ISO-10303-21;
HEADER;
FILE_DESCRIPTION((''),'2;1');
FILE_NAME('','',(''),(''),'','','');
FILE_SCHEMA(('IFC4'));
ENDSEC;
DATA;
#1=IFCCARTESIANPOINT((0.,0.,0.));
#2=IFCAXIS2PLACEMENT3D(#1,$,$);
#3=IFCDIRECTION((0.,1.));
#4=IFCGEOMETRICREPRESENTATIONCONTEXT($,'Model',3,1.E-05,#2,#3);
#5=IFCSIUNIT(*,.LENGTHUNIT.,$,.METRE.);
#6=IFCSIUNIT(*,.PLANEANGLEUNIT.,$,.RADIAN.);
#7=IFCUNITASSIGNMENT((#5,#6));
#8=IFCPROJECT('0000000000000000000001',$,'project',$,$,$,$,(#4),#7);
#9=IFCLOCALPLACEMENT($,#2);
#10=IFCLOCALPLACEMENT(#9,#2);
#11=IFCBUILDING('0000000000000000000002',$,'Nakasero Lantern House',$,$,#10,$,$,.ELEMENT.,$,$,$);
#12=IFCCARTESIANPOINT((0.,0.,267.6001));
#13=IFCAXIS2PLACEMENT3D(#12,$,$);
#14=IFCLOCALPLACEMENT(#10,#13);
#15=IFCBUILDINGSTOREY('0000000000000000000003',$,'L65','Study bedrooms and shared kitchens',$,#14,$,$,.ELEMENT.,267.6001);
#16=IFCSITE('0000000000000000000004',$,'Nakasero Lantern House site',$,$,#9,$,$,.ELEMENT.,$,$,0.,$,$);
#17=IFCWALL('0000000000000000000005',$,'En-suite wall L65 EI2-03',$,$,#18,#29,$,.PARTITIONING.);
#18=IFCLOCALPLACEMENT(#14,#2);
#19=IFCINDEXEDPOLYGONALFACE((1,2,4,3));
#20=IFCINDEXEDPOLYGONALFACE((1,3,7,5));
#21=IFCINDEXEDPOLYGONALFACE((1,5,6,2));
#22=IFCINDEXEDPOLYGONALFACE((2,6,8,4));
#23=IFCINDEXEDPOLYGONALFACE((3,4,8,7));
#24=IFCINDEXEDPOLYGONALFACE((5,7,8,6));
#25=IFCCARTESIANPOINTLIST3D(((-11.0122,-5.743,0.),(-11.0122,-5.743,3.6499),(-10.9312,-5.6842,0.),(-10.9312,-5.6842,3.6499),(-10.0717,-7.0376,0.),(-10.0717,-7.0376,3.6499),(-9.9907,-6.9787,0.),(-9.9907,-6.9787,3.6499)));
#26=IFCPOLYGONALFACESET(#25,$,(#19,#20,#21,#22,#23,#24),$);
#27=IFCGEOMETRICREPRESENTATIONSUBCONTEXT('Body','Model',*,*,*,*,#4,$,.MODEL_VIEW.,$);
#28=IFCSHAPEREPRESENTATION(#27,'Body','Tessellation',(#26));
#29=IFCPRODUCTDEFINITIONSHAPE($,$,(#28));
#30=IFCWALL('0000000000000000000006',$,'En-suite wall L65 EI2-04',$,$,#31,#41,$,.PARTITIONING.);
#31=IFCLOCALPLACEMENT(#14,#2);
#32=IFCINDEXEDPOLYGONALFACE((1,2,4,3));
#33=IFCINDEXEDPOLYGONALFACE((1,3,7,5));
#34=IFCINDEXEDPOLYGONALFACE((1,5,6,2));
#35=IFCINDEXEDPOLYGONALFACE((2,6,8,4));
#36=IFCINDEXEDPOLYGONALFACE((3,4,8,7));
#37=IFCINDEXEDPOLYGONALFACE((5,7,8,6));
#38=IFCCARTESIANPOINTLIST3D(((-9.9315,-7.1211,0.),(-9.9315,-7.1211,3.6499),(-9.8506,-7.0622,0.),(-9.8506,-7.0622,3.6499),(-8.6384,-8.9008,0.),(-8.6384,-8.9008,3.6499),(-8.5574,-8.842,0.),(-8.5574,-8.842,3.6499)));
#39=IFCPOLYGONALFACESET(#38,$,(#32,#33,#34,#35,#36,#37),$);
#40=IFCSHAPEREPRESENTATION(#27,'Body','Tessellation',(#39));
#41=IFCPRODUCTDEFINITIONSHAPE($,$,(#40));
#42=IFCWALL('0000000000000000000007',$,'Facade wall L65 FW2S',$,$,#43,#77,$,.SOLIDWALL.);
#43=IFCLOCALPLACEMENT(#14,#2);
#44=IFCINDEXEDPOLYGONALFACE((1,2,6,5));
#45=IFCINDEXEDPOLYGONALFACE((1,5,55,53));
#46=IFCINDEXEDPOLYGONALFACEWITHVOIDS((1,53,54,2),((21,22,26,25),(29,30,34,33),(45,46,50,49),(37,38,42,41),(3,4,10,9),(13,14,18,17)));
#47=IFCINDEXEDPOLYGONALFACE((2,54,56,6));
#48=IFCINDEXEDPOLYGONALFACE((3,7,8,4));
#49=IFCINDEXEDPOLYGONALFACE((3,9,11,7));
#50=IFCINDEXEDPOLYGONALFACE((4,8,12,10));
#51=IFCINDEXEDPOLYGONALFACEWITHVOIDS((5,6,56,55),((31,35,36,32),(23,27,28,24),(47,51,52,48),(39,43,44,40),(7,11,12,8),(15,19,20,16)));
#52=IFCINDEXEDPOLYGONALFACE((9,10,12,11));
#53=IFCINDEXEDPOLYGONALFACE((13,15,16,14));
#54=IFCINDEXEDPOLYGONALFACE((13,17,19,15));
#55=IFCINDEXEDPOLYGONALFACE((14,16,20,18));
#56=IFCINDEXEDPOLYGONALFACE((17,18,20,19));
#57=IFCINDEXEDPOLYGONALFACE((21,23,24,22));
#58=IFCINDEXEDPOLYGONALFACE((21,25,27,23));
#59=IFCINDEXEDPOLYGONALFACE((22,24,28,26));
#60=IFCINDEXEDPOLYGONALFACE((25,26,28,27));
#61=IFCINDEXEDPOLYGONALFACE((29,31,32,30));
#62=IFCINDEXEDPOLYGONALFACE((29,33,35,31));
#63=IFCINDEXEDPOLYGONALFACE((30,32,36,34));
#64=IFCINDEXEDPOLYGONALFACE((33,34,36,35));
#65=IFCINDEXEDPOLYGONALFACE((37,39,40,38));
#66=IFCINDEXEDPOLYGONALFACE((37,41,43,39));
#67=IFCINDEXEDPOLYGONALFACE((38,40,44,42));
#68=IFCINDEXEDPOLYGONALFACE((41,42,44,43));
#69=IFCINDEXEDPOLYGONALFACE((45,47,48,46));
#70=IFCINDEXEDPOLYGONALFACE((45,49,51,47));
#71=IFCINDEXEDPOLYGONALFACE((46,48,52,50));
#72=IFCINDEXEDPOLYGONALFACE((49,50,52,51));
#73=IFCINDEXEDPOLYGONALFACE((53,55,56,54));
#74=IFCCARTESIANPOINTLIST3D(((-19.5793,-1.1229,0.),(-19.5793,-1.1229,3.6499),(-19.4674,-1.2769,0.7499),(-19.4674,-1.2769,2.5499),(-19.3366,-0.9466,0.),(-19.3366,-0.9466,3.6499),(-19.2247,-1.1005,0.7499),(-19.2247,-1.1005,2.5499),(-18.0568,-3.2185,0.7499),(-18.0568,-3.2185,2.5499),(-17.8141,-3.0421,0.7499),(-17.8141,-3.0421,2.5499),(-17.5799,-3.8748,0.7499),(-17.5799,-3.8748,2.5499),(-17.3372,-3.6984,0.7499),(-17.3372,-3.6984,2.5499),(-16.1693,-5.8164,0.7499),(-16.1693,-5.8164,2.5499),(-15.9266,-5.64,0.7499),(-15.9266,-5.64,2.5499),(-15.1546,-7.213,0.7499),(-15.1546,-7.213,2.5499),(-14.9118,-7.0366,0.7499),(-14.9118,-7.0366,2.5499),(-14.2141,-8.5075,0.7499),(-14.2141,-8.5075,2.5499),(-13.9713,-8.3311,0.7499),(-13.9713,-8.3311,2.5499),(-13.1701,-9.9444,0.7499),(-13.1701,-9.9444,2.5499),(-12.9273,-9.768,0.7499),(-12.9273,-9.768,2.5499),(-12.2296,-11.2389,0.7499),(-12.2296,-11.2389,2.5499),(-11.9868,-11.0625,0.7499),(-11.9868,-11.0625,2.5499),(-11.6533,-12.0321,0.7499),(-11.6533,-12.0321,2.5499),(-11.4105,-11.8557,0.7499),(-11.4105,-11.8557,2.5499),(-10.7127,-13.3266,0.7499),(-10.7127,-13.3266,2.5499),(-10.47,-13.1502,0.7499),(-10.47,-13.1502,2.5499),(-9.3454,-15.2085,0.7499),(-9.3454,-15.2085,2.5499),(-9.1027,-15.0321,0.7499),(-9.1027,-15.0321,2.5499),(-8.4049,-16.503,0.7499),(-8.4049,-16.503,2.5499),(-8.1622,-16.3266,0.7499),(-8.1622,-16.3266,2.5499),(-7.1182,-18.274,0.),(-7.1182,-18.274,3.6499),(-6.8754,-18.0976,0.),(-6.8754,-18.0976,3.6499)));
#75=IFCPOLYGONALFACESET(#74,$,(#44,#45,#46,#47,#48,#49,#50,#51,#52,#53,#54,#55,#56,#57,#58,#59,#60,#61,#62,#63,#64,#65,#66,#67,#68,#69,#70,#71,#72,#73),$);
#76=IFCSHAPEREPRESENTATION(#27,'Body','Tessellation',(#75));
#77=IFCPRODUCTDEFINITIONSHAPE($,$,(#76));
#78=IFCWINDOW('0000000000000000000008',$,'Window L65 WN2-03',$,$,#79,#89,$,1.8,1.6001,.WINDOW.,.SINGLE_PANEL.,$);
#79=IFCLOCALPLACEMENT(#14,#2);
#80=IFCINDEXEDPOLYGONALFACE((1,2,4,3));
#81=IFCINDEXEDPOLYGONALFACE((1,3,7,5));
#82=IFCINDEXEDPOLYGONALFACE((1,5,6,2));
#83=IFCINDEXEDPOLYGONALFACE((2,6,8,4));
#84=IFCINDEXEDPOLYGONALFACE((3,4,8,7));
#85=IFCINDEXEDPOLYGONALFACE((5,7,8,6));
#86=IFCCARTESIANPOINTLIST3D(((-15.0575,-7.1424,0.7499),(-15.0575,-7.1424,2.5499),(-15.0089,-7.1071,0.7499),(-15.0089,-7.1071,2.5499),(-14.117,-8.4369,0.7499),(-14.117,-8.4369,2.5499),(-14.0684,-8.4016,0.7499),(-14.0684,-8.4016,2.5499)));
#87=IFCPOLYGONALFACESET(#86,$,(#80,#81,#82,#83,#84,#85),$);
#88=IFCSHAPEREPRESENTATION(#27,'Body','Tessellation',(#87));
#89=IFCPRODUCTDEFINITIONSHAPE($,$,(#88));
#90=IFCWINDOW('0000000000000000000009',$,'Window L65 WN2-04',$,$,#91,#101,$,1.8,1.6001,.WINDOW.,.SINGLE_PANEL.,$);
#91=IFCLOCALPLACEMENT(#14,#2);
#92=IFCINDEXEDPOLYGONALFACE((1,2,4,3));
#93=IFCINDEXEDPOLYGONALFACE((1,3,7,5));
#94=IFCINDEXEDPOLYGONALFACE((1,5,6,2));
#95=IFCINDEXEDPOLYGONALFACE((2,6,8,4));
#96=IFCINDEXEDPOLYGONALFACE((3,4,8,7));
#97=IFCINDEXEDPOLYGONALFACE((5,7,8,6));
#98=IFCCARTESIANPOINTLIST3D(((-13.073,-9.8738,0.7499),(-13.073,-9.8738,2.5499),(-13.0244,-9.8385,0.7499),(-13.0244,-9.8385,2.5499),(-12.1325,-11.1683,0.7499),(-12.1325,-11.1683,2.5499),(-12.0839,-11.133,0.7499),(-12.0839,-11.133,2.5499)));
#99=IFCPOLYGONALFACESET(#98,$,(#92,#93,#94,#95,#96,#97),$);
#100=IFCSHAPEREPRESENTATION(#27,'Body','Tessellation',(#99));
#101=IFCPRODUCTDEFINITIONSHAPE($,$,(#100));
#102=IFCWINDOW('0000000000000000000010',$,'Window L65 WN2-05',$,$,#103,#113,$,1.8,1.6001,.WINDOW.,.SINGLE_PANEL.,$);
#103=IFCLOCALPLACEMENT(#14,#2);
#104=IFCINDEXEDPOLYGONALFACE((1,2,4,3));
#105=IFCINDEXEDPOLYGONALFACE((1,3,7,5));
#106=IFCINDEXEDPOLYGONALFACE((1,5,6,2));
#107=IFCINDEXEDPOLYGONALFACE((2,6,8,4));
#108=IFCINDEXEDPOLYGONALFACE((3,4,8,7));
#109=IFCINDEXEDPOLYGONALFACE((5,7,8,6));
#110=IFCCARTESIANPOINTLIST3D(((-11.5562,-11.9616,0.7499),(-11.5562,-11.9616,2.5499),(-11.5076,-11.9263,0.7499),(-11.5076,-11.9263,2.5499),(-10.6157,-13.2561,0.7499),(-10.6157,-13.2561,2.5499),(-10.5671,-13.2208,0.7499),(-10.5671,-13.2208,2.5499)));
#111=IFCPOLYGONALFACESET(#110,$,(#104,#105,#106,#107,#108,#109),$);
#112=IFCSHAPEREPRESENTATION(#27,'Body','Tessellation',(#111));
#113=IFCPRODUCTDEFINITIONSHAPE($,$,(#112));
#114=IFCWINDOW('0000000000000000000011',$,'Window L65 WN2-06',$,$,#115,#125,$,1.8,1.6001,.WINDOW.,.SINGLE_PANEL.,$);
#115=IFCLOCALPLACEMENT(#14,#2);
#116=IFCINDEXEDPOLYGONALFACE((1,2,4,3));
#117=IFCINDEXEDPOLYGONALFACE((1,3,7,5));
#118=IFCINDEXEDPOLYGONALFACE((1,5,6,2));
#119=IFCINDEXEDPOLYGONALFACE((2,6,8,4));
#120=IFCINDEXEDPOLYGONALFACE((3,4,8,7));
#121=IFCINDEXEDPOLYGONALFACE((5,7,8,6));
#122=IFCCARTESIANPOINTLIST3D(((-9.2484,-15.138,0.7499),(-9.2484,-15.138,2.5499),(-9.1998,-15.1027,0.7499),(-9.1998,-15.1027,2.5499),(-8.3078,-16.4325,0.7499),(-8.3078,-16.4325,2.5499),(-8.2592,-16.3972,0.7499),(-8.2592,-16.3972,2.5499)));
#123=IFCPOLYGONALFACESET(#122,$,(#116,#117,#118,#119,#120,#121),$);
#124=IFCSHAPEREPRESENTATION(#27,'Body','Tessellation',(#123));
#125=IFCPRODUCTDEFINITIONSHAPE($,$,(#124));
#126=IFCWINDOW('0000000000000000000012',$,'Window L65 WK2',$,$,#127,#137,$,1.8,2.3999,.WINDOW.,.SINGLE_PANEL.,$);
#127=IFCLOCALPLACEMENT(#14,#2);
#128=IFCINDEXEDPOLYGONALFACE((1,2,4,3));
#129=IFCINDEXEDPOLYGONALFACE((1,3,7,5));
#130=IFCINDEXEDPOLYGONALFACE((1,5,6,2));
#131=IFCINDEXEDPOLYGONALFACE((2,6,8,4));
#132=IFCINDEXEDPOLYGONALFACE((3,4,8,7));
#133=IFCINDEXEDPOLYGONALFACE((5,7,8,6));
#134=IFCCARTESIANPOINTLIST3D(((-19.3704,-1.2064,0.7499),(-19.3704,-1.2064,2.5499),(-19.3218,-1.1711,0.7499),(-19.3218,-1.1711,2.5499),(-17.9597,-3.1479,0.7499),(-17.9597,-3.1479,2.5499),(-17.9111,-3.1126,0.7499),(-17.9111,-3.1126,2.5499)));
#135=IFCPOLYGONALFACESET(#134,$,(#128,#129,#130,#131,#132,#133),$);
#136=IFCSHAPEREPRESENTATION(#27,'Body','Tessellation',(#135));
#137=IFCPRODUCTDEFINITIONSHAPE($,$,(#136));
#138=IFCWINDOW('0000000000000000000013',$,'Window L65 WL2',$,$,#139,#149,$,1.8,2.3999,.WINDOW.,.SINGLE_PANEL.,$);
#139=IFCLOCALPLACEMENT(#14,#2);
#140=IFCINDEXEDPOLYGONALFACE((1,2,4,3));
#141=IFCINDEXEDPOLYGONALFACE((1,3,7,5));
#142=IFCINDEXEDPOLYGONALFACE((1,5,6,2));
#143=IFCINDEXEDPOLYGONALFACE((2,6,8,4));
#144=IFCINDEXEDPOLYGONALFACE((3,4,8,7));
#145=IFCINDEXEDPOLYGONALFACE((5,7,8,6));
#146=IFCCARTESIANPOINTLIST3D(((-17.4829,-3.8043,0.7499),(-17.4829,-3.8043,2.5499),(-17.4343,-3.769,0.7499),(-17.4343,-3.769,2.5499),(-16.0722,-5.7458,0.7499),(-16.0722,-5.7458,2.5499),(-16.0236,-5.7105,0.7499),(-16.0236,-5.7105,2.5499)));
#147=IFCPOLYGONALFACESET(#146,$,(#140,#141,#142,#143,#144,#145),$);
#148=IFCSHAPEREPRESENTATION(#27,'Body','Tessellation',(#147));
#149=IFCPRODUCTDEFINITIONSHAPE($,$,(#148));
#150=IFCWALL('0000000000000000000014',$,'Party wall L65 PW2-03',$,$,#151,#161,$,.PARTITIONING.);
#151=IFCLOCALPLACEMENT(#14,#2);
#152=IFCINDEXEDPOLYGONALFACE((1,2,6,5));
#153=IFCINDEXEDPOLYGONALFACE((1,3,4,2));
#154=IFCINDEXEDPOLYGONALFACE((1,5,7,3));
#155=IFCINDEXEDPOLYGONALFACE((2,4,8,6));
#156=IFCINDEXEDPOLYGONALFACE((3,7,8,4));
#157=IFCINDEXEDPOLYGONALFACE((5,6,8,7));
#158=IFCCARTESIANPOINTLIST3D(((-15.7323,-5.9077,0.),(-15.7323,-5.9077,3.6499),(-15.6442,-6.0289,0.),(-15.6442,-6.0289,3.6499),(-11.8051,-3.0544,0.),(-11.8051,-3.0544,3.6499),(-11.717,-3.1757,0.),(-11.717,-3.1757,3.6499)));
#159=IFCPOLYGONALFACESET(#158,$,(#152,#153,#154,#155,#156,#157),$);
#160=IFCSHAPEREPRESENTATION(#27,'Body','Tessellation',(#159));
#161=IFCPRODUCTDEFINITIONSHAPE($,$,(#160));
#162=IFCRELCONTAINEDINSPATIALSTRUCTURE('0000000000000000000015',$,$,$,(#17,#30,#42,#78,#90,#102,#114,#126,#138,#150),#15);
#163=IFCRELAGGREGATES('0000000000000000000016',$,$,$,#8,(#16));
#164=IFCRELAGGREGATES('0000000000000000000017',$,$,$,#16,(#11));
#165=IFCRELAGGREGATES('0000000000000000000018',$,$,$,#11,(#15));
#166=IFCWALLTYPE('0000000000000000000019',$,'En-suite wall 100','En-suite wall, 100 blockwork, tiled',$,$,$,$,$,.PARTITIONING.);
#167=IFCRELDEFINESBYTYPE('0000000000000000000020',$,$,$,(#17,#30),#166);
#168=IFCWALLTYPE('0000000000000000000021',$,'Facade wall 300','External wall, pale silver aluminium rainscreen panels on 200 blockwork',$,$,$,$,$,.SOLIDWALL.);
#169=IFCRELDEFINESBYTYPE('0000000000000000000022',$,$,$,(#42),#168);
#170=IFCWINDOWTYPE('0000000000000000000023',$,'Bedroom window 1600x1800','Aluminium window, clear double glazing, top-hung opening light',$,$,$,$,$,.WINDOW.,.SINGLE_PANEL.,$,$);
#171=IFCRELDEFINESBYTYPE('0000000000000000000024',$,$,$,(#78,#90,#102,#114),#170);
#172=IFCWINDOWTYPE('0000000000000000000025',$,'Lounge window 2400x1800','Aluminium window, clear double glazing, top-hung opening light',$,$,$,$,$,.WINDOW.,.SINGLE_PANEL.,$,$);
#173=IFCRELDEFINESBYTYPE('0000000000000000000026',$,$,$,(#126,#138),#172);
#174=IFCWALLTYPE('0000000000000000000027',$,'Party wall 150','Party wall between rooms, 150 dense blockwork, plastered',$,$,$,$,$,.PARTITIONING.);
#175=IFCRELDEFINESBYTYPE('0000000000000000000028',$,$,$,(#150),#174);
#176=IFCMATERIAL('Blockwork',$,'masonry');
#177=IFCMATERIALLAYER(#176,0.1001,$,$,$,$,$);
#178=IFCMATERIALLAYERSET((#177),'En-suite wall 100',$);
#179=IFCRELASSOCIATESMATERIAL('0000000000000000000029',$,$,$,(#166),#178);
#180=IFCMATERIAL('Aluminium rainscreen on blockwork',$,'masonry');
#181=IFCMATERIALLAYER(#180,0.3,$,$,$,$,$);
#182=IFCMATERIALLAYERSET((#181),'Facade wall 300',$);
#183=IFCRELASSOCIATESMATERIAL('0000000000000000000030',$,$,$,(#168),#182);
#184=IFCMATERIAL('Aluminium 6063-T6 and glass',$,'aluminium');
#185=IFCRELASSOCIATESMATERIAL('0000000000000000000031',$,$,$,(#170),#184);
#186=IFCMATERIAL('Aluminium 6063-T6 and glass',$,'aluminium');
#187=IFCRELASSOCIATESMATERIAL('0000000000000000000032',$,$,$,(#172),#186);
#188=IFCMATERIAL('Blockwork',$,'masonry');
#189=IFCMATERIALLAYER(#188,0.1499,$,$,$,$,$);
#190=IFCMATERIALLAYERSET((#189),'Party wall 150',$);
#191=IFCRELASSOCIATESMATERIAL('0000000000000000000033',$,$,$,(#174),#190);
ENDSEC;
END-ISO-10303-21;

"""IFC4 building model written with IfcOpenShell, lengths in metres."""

from ifc_helpers import new_model, si_unit, direction, frame, frame_2d, origin, place, context, subcontext, project, spatial, rectangle, extrude, material, layer, layer_set, type_object, element, fill, save


model = new_model("IFC4")

# Units and contexts
model_context = context("Model", 3, precision=1e-05, world=origin(), true_north=direction((0.0, 1.0)))
body_context = subcontext(model_context, "Body", "Model", "MODEL_VIEW")
ifc_project = project(units=[si_unit("LENGTHUNIT", "METRE"), si_unit("PLANEANGLEUNIT", "RADIAN")], contexts=[model_context])

# Site, building, storey
site_placement = place(None, origin())
site = spatial("IfcSite", under=ifc_project, at=site_placement, Name="Nakasero Lantern House site", CompositionType="ELEMENT", RefElevation=0.0)
building_placement = place(site_placement, origin())
building = spatial("IfcBuilding", under=site, at=building_placement, Name="Nakasero Lantern House", CompositionType="ELEMENT")
storey_placement = place(building_placement, frame((0.0, 0.0, 267.6001)))
storey = spatial("IfcBuildingStorey", under=building, at=storey_placement, Name="L65", Description="Study bedrooms and shared kitchens", CompositionType="ELEMENT", Elevation=267.6001)

# Shared definitions
ifc_material_1 = material(Name="Blockwork", Category="masonry")
ifc_layer_1 = layer(ifc_material_1, 0.1001)
ifc_layer_set_1 = layer_set([ifc_layer_1], Name="En-suite wall 100")
wall_type_1 = type_object("IfcWallType", Name="En-suite wall 100", Description="En-suite wall, 100 blockwork, tiled", PredefinedType="PARTITIONING", material=ifc_layer_set_1)

# Walls
for number, where, z_axis, x_axis, name in (
    (1, (-10.9717, -5.7136, 0.0), (0.0, 0.0, 1.0), (0.587772, -0.809026, 0.0), "En-suite wall L65 EI2-03"),
):
    element("IfcWall", number, at=place(storey_placement, frame(where, z_axis=z_axis, x_axis=x_axis)), inside=storey, type_object=wall_type_1, Name=name, PredefinedType="PARTITIONING", context=body_context, shape_type="SweptSolid", body=[
        extrude(rectangle(XDim=1.6001, YDim=0.1001, at=frame_2d((0.8, 0.0))), origin(), (0.0, 0.0, 1.0), 3.6499),
    ])
wall_1_placement = place(storey_placement, frame((-9.8911, -7.0916, 0.0), z_axis=(0.0, 0.0, 1.0), x_axis=(0.587822, -0.80899, 0.0)))
element("IfcWall", 2, at=wall_1_placement, inside=storey, type_object=wall_type_1, Name="En-suite wall L65 EI2-04", PredefinedType="PARTITIONING", context=body_context, shape_type="SweptSolid", body=[
    extrude(rectangle(XDim=2.2, YDim=0.1001, at=frame_2d((1.1001, 0.0))), origin(), (0.0, 0.0, 1.0), 3.6499),
])

# Wall, openings, windows
ifc_material_2 = material(Name="Aluminium rainscreen on blockwork", Category="masonry")
ifc_layer_2 = layer(ifc_material_2, 0.3)
ifc_layer_set_2 = layer_set([ifc_layer_2], Name="Facade wall 300")
wall_type_2 = type_object("IfcWallType", Name="Facade wall 300", Description="External wall, pale silver aluminium rainscreen panels on 200 blockwork", PredefinedType="SOLIDWALL", material=ifc_layer_set_2)
wall_2_placement = place(storey_placement, frame((-19.458, -1.0347, 0.0), z_axis=(0.0, 0.0, 1.0), x_axis=(0.58779, -0.809013, 0.0)))
wall_2 = element("IfcWall", 3, at=wall_2_placement, inside=storey, type_object=wall_type_2, Name="Facade wall L65 FW2S", PredefinedType="SOLIDWALL", context=body_context, shape_type="SweptSolid", body=[
    extrude(rectangle(XDim=21.2, YDim=0.3, at=frame_2d((10.6001, 0.0))), origin(), (0.0, 0.0, 1.0), 3.6499),
])
opening_1_placement = place(wall_2_placement, frame((7.5278, 0.0, 0.75)))
opening_1 = element("IfcOpeningElement", 4, at=opening_1_placement, cuts=wall_2, PredefinedType="OPENING", context=body_context, shape_type="SweptSolid", body=[
    extrude(rectangle(XDim=1.6001, YDim=1.8, at=frame_2d((0.8, 0.8999))), frame((0.0, 0.1699, 0.0), z_axis=(0.0, -1.0, 0.0), x_axis=(1.0, 0.0, 0.0)), (0.0, 0.0, 1.0), 0.3401),
])
opening_2_placement = place(wall_2_placement, frame((10.9041, 0.0, 0.75)))
opening_2 = element("IfcOpeningElement", 5, at=opening_2_placement, cuts=wall_2, PredefinedType="OPENING", context=body_context, shape_type="SweptSolid", body=[
    extrude(rectangle(XDim=1.6001, YDim=1.8, at=frame_2d((0.8, 0.8999))), frame((0.0, 0.1699, 0.0), z_axis=(0.0, -1.0, 0.0), x_axis=(1.0, 0.0, 0.0)), (0.0, 0.0, 1.0), 0.3401),
])
opening_3_placement = place(wall_2_placement, frame((13.4846, 0.0, 0.75)))
opening_3 = element("IfcOpeningElement", 6, at=opening_3_placement, cuts=wall_2, PredefinedType="OPENING", context=body_context, shape_type="SweptSolid", body=[
    extrude(rectangle(XDim=1.6001, YDim=1.8, at=frame_2d((0.8, 0.8999))), frame((0.0, 0.1699, 0.0), z_axis=(0.0, -1.0, 0.0), x_axis=(1.0, 0.0, 0.0)), (0.0, 0.0, 1.0), 0.3401),
])
opening_4_placement = place(wall_2_placement, frame((17.4109, 0.0, 0.75)))
opening_4 = element("IfcOpeningElement", 7, at=opening_4_placement, cuts=wall_2, PredefinedType="OPENING", context=body_context, shape_type="SweptSolid", body=[
    extrude(rectangle(XDim=1.6001, YDim=1.8, at=frame_2d((0.8, 0.8999))), frame((0.0, 0.1699, 0.0), z_axis=(0.0, -1.0, 0.0), x_axis=(1.0, 0.0, 0.0)), (0.0, 0.0, 1.0), 0.3401),
])
opening_5_placement = place(wall_2_placement, frame((0.1904, 0.0, 0.75)))
opening_5 = element("IfcOpeningElement", 8, at=opening_5_placement, cuts=wall_2, PredefinedType="OPENING", context=body_context, shape_type="SweptSolid", body=[
    extrude(rectangle(XDim=2.3999, YDim=1.8, at=frame_2d((1.2, 0.8999))), frame((0.0, 0.1699, 0.0), z_axis=(0.0, -1.0, 0.0), x_axis=(1.0, 0.0, 0.0)), (0.0, 0.0, 1.0), 0.3401),
])
opening_6_placement = place(wall_2_placement, frame((3.4016, 0.0, 0.75)))
opening_6 = element("IfcOpeningElement", 9, at=opening_6_placement, cuts=wall_2, PredefinedType="OPENING", context=body_context, shape_type="SweptSolid", body=[
    extrude(rectangle(XDim=2.3999, YDim=1.8, at=frame_2d((1.2, 0.8999))), frame((0.0, 0.1699, 0.0), z_axis=(0.0, -1.0, 0.0), x_axis=(1.0, 0.0, 0.0)), (0.0, 0.0, 1.0), 0.3401),
])
ifc_material_3 = material(Name="Aluminium 6063-T6 and glass", Category="aluminium")
window_type_1 = type_object("IfcWindowType", Name="Bedroom window 1600x1800", Description="Aluminium window, clear double glazing, top-hung opening light", PartitioningType="SINGLE_PANEL", PredefinedType="WINDOW", material=ifc_material_3)
window_1_placement = place(opening_1_placement, origin())
window_1 = element("IfcWindow", 10, at=window_1_placement, inside=storey, type_object=window_type_1, Name="Window L65 WN2-03", OverallHeight=1.8, OverallWidth=1.6001, PartitioningType="SINGLE_PANEL", PredefinedType="WINDOW", context=body_context, shape_type="SweptSolid", body=[
    extrude(rectangle(XDim=1.6001, YDim=1.8, at=frame_2d((0.8, 0.8999))), frame((0.0, 0.03, 0.0), z_axis=(0.0, -1.0, 0.0), x_axis=(1.0, 0.0, 0.0)), (0.0, 0.0, 1.0), 0.0601),
])
fill(opening_1, window_1)
window_2_placement = place(opening_2_placement, origin())
window_2 = element("IfcWindow", 11, at=window_2_placement, inside=storey, type_object=window_type_1, Name="Window L65 WN2-04", OverallHeight=1.8, OverallWidth=1.6001, PartitioningType="SINGLE_PANEL", PredefinedType="WINDOW", context=body_context, shape_type="SweptSolid", body=[
    extrude(rectangle(XDim=1.6001, YDim=1.8, at=frame_2d((0.8, 0.8999))), frame((0.0, 0.03, 0.0), z_axis=(0.0, -1.0, 0.0), x_axis=(1.0, 0.0, 0.0)), (0.0, 0.0, 1.0), 0.0601),
])
fill(opening_2, window_2)
window_3_placement = place(opening_3_placement, origin())
window_3 = element("IfcWindow", 12, at=window_3_placement, inside=storey, type_object=window_type_1, Name="Window L65 WN2-05", OverallHeight=1.8, OverallWidth=1.6001, PartitioningType="SINGLE_PANEL", PredefinedType="WINDOW", context=body_context, shape_type="SweptSolid", body=[
    extrude(rectangle(XDim=1.6001, YDim=1.8, at=frame_2d((0.8, 0.8999))), frame((0.0, 0.03, 0.0), z_axis=(0.0, -1.0, 0.0), x_axis=(1.0, 0.0, 0.0)), (0.0, 0.0, 1.0), 0.0601),
])
fill(opening_3, window_3)
window_4_placement = place(opening_4_placement, origin())
window_4 = element("IfcWindow", 13, at=window_4_placement, inside=storey, type_object=window_type_1, Name="Window L65 WN2-06", OverallHeight=1.8, OverallWidth=1.6001, PartitioningType="SINGLE_PANEL", PredefinedType="WINDOW", context=body_context, shape_type="SweptSolid", body=[
    extrude(rectangle(XDim=1.6001, YDim=1.8, at=frame_2d((0.8, 0.8999))), frame((0.0, 0.03, 0.0), z_axis=(0.0, -1.0, 0.0), x_axis=(1.0, 0.0, 0.0)), (0.0, 0.0, 1.0), 0.0601),
])
fill(opening_4, window_4)
ifc_material_4 = material(Name="Aluminium 6063-T6 and glass", Category="aluminium")
window_type_2 = type_object("IfcWindowType", Name="Lounge window 2400x1800", Description="Aluminium window, clear double glazing, top-hung opening light", PartitioningType="SINGLE_PANEL", PredefinedType="WINDOW", material=ifc_material_4)
window_5_placement = place(opening_5_placement, origin())
window_5 = element("IfcWindow", 14, at=window_5_placement, inside=storey, type_object=window_type_2, Name="Window L65 WK2", OverallHeight=1.8, OverallWidth=2.3999, PartitioningType="SINGLE_PANEL", PredefinedType="WINDOW", context=body_context, shape_type="SweptSolid", body=[
    extrude(rectangle(XDim=2.3999, YDim=1.8, at=frame_2d((1.2, 0.8999))), frame((0.0, 0.03, 0.0), z_axis=(0.0, -1.0, 0.0), x_axis=(1.0, 0.0, 0.0)), (0.0, 0.0, 1.0), 0.0601),
])
fill(opening_5, window_5)
window_6_placement = place(opening_6_placement, origin())
window_6 = element("IfcWindow", 15, at=window_6_placement, inside=storey, type_object=window_type_2, Name="Window L65 WL2", OverallHeight=1.8, OverallWidth=2.3999, PartitioningType="SINGLE_PANEL", PredefinedType="WINDOW", context=body_context, shape_type="SweptSolid", body=[
    extrude(rectangle(XDim=2.3999, YDim=1.8, at=frame_2d((1.2, 0.8999))), frame((0.0, 0.03, 0.0), z_axis=(0.0, -1.0, 0.0), x_axis=(1.0, 0.0, 0.0)), (0.0, 0.0, 1.0), 0.0601),
])
fill(opening_6, window_6)

# Wall
ifc_material_5 = material(Name="Blockwork", Category="masonry")
ifc_layer_3 = layer(ifc_material_5, 0.1499)
ifc_layer_set_3 = layer_set([ifc_layer_3], Name="Party wall 150")
wall_type_3 = type_object("IfcWallType", Name="Party wall 150", Description="Party wall between rooms, 150 dense blockwork, plastered", PredefinedType="PARTITIONING", material=ifc_layer_set_3)
wall_3_placement = place(storey_placement, frame((-11.761, -3.115, 0.0), z_axis=(0.0, 0.0, 1.0), x_axis=(-0.809021, -0.58778, 0.0)))
element("IfcWall", 16, at=wall_3_placement, inside=storey, type_object=wall_type_3, Name="Party wall L65 PW2-03", PredefinedType="PARTITIONING", context=body_context, shape_type="SweptSolid", body=[
    extrude(rectangle(XDim=4.8542, YDim=0.1499, at=frame_2d((2.4272, 0.0))), origin(), (0.0, 0.0, 1.0), 3.6499),
])

save(model, "model.ifc")
